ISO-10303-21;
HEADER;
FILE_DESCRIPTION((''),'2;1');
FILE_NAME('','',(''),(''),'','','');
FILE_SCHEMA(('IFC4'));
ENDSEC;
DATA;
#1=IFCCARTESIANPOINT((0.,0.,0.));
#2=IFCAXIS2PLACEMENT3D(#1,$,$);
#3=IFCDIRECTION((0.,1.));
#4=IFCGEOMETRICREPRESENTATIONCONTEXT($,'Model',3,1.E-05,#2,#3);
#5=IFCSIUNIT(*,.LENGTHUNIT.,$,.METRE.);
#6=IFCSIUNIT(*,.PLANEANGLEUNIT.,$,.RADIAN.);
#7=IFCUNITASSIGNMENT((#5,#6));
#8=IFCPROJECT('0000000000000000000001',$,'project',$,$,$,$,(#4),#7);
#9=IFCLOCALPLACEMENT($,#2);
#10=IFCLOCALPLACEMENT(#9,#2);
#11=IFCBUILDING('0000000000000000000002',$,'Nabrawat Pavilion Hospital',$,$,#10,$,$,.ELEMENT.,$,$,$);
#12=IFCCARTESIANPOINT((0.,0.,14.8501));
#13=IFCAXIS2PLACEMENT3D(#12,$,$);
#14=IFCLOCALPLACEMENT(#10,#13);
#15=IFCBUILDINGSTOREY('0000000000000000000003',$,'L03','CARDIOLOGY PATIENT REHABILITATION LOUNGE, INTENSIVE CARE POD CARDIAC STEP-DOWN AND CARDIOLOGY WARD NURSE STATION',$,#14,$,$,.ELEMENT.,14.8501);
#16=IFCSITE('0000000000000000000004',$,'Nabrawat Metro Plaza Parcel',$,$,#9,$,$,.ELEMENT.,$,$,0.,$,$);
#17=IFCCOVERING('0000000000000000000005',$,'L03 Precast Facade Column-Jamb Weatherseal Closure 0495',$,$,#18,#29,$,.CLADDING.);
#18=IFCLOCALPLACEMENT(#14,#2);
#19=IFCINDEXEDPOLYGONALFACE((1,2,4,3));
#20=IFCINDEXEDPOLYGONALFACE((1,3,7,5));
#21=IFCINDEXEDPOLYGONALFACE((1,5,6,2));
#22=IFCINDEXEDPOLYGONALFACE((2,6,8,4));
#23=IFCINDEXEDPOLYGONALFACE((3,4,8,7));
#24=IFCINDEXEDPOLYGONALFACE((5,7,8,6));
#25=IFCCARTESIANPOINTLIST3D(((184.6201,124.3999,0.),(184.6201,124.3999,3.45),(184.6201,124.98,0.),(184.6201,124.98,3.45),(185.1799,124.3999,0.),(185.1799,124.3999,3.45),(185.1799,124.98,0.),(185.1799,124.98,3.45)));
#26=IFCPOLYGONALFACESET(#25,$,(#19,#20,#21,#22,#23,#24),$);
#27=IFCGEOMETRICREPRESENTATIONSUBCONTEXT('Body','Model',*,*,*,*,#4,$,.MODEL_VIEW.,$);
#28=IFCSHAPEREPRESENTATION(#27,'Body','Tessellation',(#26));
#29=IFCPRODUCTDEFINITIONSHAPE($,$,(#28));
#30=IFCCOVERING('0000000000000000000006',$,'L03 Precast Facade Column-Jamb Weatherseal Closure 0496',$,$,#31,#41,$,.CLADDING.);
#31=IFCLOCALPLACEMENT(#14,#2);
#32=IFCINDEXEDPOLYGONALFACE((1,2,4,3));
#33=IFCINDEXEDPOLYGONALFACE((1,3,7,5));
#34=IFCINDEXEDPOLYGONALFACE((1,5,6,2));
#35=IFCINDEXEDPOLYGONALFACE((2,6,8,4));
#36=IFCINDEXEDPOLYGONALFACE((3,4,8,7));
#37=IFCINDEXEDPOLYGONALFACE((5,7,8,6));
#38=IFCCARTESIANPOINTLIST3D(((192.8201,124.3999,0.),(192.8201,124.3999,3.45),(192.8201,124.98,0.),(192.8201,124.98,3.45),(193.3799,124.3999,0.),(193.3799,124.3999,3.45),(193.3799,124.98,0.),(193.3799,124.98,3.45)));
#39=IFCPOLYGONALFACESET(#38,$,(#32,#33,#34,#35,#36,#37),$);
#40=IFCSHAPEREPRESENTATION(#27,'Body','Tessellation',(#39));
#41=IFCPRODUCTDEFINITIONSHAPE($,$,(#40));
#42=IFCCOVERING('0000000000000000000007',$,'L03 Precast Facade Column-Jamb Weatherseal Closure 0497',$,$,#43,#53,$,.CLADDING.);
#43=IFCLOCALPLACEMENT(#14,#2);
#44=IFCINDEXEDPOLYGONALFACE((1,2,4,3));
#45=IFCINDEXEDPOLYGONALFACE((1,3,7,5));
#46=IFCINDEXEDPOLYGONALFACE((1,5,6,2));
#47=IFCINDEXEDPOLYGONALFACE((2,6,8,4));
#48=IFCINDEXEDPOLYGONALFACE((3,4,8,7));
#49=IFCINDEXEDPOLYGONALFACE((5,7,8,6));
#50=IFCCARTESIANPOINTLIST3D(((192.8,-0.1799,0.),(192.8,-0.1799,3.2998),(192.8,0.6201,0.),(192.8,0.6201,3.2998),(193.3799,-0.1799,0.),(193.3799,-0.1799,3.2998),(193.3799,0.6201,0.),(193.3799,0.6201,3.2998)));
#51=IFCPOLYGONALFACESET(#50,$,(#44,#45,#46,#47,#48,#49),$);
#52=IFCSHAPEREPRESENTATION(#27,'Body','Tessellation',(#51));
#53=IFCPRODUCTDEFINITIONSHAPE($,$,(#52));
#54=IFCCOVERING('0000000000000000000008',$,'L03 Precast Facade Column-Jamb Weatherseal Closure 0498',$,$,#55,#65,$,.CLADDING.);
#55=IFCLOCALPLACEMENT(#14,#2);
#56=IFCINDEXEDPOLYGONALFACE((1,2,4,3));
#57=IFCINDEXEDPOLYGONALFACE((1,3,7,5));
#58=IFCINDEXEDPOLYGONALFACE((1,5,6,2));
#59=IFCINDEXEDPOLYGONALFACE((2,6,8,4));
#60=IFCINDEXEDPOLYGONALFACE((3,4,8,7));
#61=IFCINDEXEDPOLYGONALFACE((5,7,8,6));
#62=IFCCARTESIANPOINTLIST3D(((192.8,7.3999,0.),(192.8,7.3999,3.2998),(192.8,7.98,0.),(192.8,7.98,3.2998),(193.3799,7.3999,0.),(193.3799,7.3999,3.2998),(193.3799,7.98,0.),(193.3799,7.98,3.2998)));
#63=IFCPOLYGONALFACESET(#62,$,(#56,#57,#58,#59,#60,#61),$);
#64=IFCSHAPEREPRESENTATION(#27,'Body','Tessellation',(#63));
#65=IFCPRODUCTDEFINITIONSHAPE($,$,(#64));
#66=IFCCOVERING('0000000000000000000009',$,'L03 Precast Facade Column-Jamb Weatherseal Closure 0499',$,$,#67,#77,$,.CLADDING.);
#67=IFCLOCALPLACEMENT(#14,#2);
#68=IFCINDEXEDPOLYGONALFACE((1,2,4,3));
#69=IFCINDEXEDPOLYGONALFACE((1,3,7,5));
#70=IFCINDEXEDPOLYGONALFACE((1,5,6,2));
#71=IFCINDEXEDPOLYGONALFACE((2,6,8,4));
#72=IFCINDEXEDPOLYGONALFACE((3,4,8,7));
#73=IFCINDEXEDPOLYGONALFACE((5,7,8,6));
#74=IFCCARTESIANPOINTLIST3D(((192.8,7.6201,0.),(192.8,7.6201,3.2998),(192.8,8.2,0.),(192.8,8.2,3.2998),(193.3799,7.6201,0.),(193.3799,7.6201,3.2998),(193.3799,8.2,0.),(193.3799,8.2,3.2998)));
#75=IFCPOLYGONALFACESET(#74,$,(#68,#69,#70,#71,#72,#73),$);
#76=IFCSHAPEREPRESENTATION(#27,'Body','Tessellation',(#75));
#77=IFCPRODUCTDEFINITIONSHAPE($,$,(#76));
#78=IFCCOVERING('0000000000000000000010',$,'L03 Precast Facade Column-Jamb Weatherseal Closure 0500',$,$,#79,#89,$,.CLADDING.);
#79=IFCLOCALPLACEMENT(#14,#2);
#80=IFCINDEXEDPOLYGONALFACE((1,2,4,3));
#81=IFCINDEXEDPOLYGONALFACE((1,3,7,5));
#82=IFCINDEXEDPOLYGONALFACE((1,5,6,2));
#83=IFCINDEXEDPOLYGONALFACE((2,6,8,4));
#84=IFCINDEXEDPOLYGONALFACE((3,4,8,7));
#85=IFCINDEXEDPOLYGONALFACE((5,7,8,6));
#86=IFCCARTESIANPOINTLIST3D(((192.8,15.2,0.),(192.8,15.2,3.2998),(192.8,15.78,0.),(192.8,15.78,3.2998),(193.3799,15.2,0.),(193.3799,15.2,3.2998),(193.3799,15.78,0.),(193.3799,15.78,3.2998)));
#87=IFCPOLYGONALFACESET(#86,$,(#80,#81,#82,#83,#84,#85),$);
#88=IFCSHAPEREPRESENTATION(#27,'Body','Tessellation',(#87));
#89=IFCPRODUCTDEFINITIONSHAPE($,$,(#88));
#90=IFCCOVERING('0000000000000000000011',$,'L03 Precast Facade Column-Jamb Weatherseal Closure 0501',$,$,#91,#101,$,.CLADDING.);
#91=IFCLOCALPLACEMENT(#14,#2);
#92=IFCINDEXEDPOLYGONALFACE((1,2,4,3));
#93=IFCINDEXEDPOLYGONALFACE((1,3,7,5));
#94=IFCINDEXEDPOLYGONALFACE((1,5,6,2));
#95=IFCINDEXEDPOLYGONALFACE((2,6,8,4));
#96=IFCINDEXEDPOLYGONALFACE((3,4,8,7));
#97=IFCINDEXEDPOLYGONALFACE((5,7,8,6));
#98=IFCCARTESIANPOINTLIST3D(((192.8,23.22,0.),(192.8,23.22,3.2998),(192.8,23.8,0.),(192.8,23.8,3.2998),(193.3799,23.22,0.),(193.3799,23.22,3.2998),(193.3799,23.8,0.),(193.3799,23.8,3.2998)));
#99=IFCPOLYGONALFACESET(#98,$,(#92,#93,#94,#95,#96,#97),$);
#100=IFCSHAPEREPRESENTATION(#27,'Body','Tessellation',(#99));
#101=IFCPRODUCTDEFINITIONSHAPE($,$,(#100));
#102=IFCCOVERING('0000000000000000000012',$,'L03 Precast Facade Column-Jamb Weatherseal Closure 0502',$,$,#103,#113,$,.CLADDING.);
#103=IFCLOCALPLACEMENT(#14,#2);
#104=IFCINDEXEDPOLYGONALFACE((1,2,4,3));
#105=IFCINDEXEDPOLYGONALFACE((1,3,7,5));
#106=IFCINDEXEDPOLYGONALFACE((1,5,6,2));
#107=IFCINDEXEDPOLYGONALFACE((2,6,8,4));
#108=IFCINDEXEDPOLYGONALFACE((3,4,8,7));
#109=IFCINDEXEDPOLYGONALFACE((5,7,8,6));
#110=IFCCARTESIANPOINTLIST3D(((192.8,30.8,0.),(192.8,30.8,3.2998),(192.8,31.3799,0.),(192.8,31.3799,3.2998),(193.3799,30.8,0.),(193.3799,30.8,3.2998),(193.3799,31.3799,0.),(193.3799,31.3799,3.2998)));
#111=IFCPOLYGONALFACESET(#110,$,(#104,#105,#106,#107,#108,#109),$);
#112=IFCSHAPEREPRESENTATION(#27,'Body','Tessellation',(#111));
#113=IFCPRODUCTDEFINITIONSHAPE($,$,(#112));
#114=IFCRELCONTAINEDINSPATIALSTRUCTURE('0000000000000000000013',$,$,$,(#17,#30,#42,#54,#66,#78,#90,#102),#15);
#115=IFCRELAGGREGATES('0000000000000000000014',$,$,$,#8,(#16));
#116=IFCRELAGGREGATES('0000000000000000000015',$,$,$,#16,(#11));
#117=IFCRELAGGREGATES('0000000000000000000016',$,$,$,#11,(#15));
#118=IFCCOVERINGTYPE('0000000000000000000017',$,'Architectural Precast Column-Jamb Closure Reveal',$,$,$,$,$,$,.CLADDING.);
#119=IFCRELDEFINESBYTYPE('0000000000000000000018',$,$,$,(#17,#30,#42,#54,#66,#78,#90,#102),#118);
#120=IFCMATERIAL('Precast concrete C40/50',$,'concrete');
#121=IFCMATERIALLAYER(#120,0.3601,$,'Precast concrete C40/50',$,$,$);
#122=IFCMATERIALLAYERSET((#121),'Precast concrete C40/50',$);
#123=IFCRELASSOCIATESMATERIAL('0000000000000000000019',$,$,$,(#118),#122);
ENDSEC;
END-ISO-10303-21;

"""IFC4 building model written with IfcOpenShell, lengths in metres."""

from ifc_helpers import new_model, si_unit, direction, frame, origin, place, context, subcontext, project, spatial, polyline, outline, extrude, material, layer, layer_set, type_object, element, save


model = new_model("IFC4")

# Units and contexts
model_context = context("Model", 3, precision=1e-05, world=origin(), true_north=direction((0.0, 1.0)))
body_context = subcontext(model_context, "Body", "Model", "MODEL_VIEW")
ifc_project = project(units=[si_unit("LENGTHUNIT", "METRE"), si_unit("PLANEANGLEUNIT", "RADIAN")], contexts=[model_context])

# Site, building, storey
site_placement = place(None, origin())
site = spatial("IfcSite", under=ifc_project, at=site_placement, Name="Nabrawat Metro Plaza Parcel", CompositionType="ELEMENT", RefElevation=0.0)
building_placement = place(site_placement, origin())
building = spatial("IfcBuilding", under=site, at=building_placement, Name="Nabrawat Pavilion Hospital", CompositionType="ELEMENT")
storey_placement = place(building_placement, frame((0.0, 0.0, 14.8501)))
storey = spatial("IfcBuildingStorey", under=building, at=storey_placement, Name="L03", Description="CARDIOLOGY PATIENT REHABILITATION LOUNGE, INTENSIVE CARE POD CARDIAC STEP-DOWN AND CARDIOLOGY WARD NURSE STATION", CompositionType="ELEMENT", Elevation=14.8501)

# Coverings
ifc_material_1 = material(Name="Precast concrete C40/50", Category="concrete")
ifc_layer_1 = layer(ifc_material_1, 0.3601, Name="Precast concrete C40/50")
ifc_layer_set_1 = layer_set([ifc_layer_1], Name="Precast concrete C40/50")
covering_type = type_object("IfcCoveringType", Name="Architectural Precast Column-Jamb Closure Reveal", PredefinedType="CLADDING", material=ifc_layer_set_1)
covering_1_placement = place(storey_placement, origin())
element("IfcCovering", 1, at=covering_1_placement, inside=storey, type_object=covering_type, Name="L03 Precast Facade Column-Jamb Weatherseal Closure 0495", PredefinedType="CLADDING", context=body_context, shape_type="SweptSolid", body=[
    extrude(outline(polyline([(185.1799, 124.3999), (185.1799, 124.98), (184.6201, 124.98), (184.6201, 124.3999), (185.1799, 124.3999)])), origin(), (0.0, 0.0, 1.0), 3.45),
])
covering_2_placement = place(storey_placement, origin())
element("IfcCovering", 2, at=covering_2_placement, inside=storey, type_object=covering_type, Name="L03 Precast Facade Column-Jamb Weatherseal Closure 0496", PredefinedType="CLADDING", context=body_context, shape_type="SweptSolid", body=[
    extrude(outline(polyline([(193.3799, 124.3999), (193.3799, 124.98), (192.8201, 124.98), (192.8201, 124.3999), (193.3799, 124.3999)])), origin(), (0.0, 0.0, 1.0), 3.45),
])
covering_3_placement = place(storey_placement, origin())
element("IfcCovering", 3, at=covering_3_placement, inside=storey, type_object=covering_type, Name="L03 Precast Facade Column-Jamb Weatherseal Closure 0497", PredefinedType="CLADDING", context=body_context, shape_type="SweptSolid", body=[
    extrude(outline(polyline([(193.3799, -0.1799), (193.3799, 0.6201), (192.8, 0.6201), (192.8, -0.1799), (193.3799, -0.1799)])), origin(), (0.0, 0.0, 1.0), 3.2998),
])
covering_4_placement = place(storey_placement, origin())
element("IfcCovering", 4, at=covering_4_placement, inside=storey, type_object=covering_type, Name="L03 Precast Facade Column-Jamb Weatherseal Closure 0498", PredefinedType="CLADDING", context=body_context, shape_type="SweptSolid", body=[
    extrude(outline(polyline([(193.3799, 7.3999), (193.3799, 7.98), (192.8, 7.98), (192.8, 7.3999), (193.3799, 7.3999)])), origin(), (0.0, 0.0, 1.0), 3.2998),
])
covering_5_placement = place(storey_placement, origin())
element("IfcCovering", 5, at=covering_5_placement, inside=storey, type_object=covering_type, Name="L03 Precast Facade Column-Jamb Weatherseal Closure 0499", PredefinedType="CLADDING", context=body_context, shape_type="SweptSolid", body=[
    extrude(outline(polyline([(193.3799, 7.6201), (193.3799, 8.2), (192.8, 8.2), (192.8, 7.6201), (193.3799, 7.6201)])), origin(), (0.0, 0.0, 1.0), 3.2998),
])
covering_6_placement = place(storey_placement, origin())
element("IfcCovering", 6, at=covering_6_placement, inside=storey, type_object=covering_type, Name="L03 Precast Facade Column-Jamb Weatherseal Closure 0500", PredefinedType="CLADDING", context=body_context, shape_type="SweptSolid", body=[
    extrude(outline(polyline([(193.3799, 15.2), (193.3799, 15.78), (192.8, 15.78), (192.8, 15.2), (193.3799, 15.2)])), origin(), (0.0, 0.0, 1.0), 3.2998),
])
covering_7_placement = place(storey_placement, origin())
element("IfcCovering", 7, at=covering_7_placement, inside=storey, type_object=covering_type, Name="L03 Precast Facade Column-Jamb Weatherseal Closure 0501", PredefinedType="CLADDING", context=body_context, shape_type="SweptSolid", body=[
    extrude(outline(polyline([(193.3799, 23.22), (193.3799, 23.8), (192.8, 23.8), (192.8, 23.22), (193.3799, 23.22)])), origin(), (0.0, 0.0, 1.0), 3.2998),
])
covering_8_placement = place(storey_placement, origin())
element("IfcCovering", 8, at=covering_8_placement, inside=storey, type_object=covering_type, Name="L03 Precast Facade Column-Jamb Weatherseal Closure 0502", PredefinedType="CLADDING", context=body_context, shape_type="SweptSolid", body=[
    extrude(outline(polyline([(193.3799, 30.8), (193.3799, 31.3799), (192.8, 31.3799), (192.8, 30.8), (193.3799, 30.8)])), origin(), (0.0, 0.0, 1.0), 3.2998),
])

save(model, "model.ifc")
